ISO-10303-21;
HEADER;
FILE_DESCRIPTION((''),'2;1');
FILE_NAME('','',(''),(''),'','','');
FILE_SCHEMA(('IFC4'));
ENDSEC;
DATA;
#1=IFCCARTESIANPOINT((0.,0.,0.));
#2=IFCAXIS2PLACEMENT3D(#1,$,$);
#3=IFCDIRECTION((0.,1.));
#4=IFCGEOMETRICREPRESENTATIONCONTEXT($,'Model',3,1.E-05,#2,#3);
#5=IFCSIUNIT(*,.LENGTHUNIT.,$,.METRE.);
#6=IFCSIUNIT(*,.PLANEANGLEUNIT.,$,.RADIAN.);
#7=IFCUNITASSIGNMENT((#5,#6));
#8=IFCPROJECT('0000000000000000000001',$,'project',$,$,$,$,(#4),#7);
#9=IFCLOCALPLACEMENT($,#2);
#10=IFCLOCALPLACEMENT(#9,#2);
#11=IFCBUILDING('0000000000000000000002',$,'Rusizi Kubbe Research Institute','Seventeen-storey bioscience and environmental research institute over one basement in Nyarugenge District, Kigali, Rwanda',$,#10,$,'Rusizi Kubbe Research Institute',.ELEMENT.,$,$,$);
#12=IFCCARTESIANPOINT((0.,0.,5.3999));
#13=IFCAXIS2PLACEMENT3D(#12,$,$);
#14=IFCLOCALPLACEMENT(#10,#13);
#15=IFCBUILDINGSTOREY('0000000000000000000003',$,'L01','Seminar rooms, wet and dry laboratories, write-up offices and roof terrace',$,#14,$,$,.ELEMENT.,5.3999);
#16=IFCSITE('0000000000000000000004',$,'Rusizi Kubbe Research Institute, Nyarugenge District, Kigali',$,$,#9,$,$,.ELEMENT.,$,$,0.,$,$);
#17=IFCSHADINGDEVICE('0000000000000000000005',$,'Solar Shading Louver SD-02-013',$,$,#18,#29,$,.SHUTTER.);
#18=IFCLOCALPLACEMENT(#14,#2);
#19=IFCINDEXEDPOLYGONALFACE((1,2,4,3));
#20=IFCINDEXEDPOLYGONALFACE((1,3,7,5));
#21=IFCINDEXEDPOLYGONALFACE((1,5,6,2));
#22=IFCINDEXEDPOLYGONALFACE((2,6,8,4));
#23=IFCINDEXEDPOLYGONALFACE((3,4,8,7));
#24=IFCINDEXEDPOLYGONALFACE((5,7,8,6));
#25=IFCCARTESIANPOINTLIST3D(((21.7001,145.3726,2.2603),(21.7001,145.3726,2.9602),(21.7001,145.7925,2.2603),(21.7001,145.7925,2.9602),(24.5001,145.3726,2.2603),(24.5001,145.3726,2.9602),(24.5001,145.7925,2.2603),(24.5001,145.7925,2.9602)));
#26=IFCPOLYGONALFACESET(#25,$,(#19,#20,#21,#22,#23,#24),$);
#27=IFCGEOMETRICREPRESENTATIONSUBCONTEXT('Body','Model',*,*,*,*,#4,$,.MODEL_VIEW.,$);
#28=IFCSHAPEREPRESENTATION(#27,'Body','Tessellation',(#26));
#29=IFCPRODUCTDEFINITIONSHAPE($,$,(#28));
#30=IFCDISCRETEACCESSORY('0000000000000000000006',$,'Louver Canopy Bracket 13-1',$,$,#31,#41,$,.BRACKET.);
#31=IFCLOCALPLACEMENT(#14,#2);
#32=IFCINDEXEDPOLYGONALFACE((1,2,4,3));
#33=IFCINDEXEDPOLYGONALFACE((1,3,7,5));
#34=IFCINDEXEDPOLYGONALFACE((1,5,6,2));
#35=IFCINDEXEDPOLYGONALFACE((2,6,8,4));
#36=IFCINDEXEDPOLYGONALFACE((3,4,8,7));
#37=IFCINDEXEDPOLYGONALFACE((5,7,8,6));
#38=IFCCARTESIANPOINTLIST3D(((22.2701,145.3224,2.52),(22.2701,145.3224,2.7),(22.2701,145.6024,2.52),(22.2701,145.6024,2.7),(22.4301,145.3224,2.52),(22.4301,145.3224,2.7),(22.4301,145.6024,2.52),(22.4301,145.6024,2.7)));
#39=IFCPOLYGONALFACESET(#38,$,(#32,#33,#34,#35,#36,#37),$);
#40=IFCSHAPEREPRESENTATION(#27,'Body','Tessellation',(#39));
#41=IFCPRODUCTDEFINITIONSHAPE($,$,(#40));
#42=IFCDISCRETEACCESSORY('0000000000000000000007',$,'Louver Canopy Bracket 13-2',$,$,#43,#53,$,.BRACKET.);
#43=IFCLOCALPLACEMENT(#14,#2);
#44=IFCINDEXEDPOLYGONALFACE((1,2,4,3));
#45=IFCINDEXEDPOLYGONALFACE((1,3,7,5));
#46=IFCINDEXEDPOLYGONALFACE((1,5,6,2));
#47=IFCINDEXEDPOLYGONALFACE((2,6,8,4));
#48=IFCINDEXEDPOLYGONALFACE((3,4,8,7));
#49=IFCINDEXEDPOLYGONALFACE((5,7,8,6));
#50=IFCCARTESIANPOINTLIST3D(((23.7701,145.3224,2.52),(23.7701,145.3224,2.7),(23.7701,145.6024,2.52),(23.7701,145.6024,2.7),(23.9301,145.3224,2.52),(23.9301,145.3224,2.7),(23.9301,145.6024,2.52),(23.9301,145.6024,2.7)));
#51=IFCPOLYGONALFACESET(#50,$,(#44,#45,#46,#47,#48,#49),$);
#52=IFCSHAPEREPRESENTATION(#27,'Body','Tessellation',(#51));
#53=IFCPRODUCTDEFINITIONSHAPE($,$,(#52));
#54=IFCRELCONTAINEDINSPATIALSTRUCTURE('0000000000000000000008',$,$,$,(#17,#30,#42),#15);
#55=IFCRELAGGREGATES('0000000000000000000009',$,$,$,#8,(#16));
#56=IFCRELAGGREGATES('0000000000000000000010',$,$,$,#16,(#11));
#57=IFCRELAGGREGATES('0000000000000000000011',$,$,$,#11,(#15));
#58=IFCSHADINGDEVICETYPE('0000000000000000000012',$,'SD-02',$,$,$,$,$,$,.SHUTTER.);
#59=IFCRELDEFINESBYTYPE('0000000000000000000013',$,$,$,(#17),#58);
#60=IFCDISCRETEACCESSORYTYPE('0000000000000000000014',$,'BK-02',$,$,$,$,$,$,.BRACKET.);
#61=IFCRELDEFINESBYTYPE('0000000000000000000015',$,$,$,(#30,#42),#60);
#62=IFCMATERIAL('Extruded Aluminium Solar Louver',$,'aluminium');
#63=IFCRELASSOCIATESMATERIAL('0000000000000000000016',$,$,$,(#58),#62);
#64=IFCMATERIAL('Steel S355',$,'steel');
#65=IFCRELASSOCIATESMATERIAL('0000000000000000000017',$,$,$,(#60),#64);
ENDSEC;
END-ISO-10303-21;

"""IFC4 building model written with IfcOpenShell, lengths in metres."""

from ifc_helpers import new_model, si_unit, direction, frame, origin, origin_2d, place, context, subcontext, project, spatial, rectangle, extrude, material, type_object, element, save


model = new_model("IFC4")

# Units and contexts
model_context = context("Model", 3, precision=1e-05, world=origin(), true_north=direction((0.0, 1.0)))
body_context = subcontext(model_context, "Body", "Model", "MODEL_VIEW")
ifc_project = project(units=[si_unit("LENGTHUNIT", "METRE"), si_unit("PLANEANGLEUNIT", "RADIAN")], contexts=[model_context])

# Site, building, storey
site_placement = place(None, origin())
site = spatial("IfcSite", under=ifc_project, at=site_placement, Name="Rusizi Kubbe Research Institute, Nyarugenge District, Kigali", CompositionType="ELEMENT", RefElevation=0.0)
building_placement = place(site_placement, origin())
building = spatial("IfcBuilding", under=site, at=building_placement, Name="Rusizi Kubbe Research Institute", Description="Seventeen-storey bioscience and environmental research institute over one basement in Nyarugenge District, Kigali, Rwanda", LongName="Rusizi Kubbe Research Institute", CompositionType="ELEMENT")
storey_placement = place(building_placement, frame((0.0, 0.0, 5.3999)))
storey = spatial("IfcBuildingStorey", under=building, at=storey_placement, Name="L01", Description="Seminar rooms, wet and dry laboratories, write-up offices and roof terrace", CompositionType="ELEMENT", Elevation=5.3999)

# Shading device
ifc_material_1 = material(Name="Extruded Aluminium Solar Louver", Category="aluminium")
shading_device_type = type_object("IfcShadingDeviceType", Name="SD-02", PredefinedType="SHUTTER", material=ifc_material_1)
shading_device_placement = place(storey_placement, frame((23.1001, 145.5825, 2.2603), z_axis=(0.0, 0.0, 1.0), x_axis=(1.0, 0.0, 0.0)))
element("IfcShadingDevice", 1, at=shading_device_placement, inside=storey, type_object=shading_device_type, Name="Solar Shading Louver SD-02-013", PredefinedType="SHUTTER", context=body_context, shape_type="SweptSolid", body=[
    extrude(rectangle(XDim=2.8, YDim=0.4199, at=origin_2d()), origin(), (0.0, 0.0, 1.0), 0.7),
])

# Discrete accessories
ifc_material_2 = material(Name="Steel S355", Category="steel")
discrete_accessory_type = type_object("IfcDiscreteAccessoryType", Name="BK-02", PredefinedType="BRACKET", material=ifc_material_2)
for number, where, z_axis, x_axis, name in (
    (2, (22.3501, 145.4624, 2.52), (0.0, 0.0, 1.0), (1.0, 0.0, 0.0), "Louver Canopy Bracket 13-1"),
    (3, (23.8501, 145.4624, 2.52), (0.0, 0.0, 1.0), (1.0, 0.0, 0.0), "Louver Canopy Bracket 13-2"),
):
    element("IfcDiscreteAccessory", number, at=place(storey_placement, frame(where, z_axis=z_axis, x_axis=x_axis)), inside=storey, type_object=discrete_accessory_type, Name=name, PredefinedType="BRACKET", context=body_context, shape_type="SweptSolid", body=[
        extrude(rectangle(XDim=0.1599, YDim=0.28, at=origin_2d()), origin(), (0.0, 0.0, 1.0), 0.1799),
    ])

save(model, "model.ifc")
